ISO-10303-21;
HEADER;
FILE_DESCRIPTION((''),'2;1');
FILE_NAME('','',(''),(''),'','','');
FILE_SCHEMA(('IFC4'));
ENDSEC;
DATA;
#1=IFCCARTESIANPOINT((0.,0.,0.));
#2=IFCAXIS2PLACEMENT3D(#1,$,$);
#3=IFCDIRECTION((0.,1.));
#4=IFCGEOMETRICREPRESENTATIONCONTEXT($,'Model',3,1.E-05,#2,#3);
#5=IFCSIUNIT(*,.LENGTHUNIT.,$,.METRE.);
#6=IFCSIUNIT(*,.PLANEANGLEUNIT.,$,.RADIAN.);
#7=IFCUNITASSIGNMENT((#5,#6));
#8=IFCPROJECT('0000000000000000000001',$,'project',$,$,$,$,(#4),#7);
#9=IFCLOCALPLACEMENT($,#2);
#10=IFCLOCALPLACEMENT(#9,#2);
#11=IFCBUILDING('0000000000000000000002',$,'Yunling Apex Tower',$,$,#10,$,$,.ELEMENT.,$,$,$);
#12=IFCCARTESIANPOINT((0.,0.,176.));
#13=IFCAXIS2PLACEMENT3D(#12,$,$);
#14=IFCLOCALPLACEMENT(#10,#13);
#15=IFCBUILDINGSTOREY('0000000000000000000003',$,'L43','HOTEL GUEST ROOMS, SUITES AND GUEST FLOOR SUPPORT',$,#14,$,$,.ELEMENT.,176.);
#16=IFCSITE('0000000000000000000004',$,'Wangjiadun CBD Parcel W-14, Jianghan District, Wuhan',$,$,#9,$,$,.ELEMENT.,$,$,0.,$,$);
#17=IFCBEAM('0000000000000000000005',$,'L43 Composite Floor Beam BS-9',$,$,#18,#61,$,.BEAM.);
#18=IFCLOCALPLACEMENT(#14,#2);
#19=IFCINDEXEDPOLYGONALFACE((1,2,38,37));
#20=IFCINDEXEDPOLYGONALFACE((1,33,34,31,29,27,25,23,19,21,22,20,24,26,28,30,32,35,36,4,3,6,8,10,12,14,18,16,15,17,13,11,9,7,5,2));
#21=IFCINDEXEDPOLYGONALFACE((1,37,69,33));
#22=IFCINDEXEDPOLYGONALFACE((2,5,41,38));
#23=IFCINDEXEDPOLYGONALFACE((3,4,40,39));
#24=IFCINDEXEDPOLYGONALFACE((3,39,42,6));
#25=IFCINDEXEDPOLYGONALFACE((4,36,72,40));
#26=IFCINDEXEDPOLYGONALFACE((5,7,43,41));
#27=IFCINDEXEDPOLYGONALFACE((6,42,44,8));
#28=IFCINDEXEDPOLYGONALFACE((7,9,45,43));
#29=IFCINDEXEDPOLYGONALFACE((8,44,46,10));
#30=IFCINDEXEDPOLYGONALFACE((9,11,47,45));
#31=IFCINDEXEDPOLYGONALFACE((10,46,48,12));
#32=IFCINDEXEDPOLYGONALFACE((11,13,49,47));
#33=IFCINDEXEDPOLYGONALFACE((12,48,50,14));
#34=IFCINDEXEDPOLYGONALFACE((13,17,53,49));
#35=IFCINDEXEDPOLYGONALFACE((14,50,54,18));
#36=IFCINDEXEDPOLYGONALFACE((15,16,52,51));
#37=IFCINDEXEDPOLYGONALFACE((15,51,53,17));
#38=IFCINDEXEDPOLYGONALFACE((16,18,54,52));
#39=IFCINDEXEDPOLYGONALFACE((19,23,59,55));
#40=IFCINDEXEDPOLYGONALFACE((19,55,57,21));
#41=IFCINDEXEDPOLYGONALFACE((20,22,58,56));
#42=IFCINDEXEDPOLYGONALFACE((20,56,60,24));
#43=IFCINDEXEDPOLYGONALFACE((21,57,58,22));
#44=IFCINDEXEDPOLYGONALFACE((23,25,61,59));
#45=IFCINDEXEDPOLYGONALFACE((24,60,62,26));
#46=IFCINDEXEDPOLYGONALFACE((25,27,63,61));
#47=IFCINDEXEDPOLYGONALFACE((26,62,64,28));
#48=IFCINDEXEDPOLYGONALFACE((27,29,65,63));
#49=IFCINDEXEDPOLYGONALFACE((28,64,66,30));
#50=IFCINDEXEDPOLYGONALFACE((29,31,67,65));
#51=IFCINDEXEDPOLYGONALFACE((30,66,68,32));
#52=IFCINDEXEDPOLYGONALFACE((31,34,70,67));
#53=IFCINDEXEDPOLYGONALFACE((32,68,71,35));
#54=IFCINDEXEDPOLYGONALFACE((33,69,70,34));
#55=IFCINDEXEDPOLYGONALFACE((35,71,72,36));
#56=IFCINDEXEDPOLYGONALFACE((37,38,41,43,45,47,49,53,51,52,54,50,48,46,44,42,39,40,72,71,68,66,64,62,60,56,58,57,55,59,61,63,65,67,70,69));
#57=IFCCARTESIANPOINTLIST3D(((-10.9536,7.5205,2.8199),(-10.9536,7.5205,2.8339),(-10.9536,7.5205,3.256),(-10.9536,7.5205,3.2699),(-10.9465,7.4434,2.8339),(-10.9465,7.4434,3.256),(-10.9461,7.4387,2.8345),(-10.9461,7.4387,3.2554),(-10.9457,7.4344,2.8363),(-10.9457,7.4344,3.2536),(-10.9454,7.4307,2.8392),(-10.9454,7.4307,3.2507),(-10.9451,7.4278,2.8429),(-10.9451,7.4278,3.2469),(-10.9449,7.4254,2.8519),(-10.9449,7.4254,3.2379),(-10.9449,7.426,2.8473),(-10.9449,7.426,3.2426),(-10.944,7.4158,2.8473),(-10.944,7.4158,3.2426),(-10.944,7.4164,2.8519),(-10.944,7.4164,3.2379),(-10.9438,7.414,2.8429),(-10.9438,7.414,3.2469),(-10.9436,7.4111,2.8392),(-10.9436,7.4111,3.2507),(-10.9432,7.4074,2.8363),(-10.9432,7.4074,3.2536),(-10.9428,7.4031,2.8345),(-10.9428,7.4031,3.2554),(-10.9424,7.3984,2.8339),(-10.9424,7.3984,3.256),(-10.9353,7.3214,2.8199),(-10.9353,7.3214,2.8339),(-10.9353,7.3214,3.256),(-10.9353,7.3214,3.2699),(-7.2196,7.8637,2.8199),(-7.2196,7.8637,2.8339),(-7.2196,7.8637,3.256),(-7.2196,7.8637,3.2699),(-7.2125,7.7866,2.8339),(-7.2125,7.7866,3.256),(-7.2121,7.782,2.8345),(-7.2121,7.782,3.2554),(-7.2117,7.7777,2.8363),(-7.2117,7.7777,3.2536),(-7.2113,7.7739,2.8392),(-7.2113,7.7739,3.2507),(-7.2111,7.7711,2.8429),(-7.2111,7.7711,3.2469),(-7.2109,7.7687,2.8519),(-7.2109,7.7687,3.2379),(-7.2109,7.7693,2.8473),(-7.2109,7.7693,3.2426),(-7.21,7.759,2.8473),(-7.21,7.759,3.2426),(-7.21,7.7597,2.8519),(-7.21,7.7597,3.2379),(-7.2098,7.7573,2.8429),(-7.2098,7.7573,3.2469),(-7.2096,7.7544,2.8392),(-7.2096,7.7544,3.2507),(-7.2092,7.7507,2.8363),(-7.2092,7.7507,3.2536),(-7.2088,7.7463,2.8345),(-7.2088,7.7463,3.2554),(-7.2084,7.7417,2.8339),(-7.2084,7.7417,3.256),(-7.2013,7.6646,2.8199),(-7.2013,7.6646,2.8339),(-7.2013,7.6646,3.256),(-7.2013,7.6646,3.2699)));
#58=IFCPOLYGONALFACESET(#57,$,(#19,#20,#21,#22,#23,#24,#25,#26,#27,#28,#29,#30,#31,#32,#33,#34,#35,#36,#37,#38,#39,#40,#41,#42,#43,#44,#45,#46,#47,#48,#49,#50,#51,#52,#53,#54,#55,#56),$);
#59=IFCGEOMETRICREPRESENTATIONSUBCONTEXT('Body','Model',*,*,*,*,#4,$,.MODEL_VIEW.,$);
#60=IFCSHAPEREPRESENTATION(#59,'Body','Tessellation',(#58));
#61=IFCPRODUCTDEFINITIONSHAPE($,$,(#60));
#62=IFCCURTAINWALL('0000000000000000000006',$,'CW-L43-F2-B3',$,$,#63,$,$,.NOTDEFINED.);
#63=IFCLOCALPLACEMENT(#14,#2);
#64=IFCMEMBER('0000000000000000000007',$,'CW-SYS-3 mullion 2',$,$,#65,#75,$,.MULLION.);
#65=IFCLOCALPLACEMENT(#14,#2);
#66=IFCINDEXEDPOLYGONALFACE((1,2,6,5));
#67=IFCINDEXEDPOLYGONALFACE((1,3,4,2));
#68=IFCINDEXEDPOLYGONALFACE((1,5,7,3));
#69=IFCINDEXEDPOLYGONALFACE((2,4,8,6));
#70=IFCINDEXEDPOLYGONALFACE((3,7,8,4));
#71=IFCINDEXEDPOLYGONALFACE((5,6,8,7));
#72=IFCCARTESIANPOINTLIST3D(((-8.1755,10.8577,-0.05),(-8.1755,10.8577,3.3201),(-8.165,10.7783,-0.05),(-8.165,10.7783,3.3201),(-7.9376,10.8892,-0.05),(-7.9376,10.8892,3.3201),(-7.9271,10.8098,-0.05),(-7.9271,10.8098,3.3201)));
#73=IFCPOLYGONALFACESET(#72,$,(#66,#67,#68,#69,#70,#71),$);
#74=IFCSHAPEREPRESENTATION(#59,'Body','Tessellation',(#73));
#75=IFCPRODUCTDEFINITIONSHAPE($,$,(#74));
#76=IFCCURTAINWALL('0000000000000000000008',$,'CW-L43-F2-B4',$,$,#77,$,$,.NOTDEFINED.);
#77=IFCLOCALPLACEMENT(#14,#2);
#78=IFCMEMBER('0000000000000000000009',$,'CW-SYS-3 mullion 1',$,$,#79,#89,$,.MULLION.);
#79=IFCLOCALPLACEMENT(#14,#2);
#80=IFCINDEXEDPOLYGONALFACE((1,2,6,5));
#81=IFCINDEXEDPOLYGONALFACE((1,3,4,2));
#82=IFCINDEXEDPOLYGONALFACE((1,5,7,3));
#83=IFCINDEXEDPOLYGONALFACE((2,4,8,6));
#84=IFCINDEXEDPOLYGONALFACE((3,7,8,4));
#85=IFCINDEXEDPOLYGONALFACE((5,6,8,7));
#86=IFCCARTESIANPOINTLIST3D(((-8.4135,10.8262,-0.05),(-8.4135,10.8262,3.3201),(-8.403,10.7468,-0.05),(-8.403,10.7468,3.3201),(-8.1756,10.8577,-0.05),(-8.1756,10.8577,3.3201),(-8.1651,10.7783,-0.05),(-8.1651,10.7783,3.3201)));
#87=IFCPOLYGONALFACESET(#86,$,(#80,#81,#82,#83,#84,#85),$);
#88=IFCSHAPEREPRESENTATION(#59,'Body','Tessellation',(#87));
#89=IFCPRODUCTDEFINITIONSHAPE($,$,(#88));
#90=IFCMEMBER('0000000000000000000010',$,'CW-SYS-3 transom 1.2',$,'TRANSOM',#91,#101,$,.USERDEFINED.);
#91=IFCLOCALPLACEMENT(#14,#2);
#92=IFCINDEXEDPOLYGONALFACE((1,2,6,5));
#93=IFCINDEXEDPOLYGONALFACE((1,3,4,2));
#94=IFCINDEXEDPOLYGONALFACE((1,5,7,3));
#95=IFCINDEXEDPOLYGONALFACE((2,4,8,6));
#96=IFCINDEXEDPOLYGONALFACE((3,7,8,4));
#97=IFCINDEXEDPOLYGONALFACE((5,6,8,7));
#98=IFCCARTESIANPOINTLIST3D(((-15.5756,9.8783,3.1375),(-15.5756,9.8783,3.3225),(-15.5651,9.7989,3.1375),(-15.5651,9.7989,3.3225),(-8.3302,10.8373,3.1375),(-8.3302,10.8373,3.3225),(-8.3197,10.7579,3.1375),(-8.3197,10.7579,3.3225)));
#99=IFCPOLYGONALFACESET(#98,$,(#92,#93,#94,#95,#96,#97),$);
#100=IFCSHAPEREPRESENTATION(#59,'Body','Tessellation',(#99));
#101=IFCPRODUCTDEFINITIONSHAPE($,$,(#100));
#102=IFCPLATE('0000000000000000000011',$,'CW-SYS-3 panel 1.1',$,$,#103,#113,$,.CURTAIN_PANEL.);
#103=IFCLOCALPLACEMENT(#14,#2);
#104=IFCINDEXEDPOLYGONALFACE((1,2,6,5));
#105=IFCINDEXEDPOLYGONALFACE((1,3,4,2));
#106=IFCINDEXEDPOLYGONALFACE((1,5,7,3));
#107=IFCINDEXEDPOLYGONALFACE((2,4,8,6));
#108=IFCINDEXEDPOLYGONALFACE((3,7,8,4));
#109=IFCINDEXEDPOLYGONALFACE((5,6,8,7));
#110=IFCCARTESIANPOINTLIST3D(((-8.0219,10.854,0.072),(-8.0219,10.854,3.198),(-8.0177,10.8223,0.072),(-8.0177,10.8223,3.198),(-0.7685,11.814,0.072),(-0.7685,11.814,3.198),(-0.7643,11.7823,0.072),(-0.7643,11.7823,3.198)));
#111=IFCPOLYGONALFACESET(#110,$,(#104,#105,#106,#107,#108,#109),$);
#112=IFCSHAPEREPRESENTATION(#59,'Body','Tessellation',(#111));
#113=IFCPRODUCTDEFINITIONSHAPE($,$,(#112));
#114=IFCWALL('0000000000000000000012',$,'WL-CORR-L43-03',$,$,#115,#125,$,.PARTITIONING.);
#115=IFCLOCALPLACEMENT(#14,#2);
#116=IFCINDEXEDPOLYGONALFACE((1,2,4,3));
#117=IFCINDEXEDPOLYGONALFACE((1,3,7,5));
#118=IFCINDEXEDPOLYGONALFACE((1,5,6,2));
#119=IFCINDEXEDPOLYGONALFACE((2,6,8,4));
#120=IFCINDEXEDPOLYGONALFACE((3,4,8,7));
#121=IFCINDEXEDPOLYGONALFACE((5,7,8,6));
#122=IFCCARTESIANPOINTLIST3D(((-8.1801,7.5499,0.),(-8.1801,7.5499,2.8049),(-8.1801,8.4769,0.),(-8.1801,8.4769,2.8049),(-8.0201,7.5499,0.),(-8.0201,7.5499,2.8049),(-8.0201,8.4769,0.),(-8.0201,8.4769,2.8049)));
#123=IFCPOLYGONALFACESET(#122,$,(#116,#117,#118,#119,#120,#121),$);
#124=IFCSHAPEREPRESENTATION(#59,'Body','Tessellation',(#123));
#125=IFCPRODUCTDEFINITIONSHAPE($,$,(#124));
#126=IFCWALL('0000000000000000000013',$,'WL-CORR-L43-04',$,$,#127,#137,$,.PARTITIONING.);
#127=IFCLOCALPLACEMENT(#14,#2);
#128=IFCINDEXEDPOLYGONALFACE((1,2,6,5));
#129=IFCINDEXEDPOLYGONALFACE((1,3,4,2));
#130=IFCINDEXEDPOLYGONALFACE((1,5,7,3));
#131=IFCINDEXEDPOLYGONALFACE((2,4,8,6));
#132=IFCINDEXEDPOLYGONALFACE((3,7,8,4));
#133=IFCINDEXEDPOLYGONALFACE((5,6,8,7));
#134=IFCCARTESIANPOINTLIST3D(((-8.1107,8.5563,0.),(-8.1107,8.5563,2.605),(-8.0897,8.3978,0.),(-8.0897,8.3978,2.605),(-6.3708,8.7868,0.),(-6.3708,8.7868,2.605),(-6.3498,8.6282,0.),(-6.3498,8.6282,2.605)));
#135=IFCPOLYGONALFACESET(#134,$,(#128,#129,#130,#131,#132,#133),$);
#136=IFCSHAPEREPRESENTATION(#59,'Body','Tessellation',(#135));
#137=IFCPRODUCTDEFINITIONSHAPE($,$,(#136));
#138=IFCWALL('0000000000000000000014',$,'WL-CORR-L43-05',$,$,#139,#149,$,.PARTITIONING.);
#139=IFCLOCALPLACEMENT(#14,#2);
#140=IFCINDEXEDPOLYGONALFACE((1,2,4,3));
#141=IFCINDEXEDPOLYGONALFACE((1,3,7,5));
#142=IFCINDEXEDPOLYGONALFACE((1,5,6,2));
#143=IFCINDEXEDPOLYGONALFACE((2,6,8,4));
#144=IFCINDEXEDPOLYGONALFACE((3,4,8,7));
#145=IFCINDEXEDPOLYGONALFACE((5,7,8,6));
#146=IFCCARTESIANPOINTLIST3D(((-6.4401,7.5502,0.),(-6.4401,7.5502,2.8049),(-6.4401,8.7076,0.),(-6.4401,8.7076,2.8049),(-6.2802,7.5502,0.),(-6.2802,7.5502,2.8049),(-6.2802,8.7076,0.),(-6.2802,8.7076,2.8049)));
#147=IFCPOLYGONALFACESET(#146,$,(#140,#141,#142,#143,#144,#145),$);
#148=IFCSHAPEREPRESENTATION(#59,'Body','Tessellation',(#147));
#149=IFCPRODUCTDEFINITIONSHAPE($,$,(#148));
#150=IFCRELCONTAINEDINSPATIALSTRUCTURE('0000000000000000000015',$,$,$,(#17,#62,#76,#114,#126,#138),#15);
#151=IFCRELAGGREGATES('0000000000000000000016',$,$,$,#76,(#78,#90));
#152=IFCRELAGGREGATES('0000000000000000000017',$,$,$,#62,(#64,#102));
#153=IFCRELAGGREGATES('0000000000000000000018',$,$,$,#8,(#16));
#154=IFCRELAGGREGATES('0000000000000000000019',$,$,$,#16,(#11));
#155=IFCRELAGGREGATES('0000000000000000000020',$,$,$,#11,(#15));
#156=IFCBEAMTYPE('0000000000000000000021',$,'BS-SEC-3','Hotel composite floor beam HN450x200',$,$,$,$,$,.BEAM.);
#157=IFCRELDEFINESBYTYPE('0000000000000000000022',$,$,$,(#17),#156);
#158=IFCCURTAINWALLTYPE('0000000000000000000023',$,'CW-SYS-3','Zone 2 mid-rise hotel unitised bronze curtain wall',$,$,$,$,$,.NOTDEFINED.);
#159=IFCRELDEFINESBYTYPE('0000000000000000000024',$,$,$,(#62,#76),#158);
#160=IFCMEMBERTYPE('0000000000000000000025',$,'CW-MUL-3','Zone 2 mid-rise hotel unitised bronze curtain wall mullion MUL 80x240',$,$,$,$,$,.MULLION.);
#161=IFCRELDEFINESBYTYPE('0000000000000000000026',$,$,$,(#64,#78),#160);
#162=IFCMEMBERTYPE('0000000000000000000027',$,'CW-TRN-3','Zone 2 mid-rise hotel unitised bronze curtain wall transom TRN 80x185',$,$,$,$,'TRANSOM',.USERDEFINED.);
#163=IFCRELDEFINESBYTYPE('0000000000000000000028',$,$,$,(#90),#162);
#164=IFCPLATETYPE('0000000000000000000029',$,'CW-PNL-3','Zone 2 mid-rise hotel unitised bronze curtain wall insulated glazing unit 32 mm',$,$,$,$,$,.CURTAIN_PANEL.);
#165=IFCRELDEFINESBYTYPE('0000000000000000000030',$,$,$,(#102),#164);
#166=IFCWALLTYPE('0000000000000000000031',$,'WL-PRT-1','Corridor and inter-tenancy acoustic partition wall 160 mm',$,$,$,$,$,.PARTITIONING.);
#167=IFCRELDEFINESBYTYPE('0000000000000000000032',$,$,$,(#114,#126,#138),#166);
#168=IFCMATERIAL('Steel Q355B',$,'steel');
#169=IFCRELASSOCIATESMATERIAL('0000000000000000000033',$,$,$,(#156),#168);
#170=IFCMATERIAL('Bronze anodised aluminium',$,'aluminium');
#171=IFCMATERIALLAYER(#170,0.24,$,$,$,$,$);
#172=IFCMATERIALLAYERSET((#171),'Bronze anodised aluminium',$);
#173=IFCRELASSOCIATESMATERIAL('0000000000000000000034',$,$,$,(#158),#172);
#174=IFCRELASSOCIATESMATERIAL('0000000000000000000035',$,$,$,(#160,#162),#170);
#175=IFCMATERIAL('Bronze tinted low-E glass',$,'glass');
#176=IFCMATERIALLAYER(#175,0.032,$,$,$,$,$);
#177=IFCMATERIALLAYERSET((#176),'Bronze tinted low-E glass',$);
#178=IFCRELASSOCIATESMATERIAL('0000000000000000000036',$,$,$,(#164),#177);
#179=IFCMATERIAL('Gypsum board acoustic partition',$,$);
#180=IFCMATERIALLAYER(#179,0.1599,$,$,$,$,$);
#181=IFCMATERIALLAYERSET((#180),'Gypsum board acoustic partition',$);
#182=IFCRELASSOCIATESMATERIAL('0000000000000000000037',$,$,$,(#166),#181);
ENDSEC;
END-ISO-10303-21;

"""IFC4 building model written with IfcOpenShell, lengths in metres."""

from ifc_helpers import new_model, si_unit, direction, frame, frame_2d, origin, origin_2d, place, context, subcontext, project, spatial, rectangle, i_section, extrude, source, transform, mapped, material, layer, layer_set, material_profile, profile_set, type_object, element, aggregate, save


model = new_model("IFC4")

# Units and contexts
model_context = context("Model", 3, precision=1e-05, world=origin(), true_north=direction((0.0, 1.0)))
body_context = subcontext(model_context, "Body", "Model", "MODEL_VIEW")
ifc_project = project(units=[si_unit("LENGTHUNIT", "METRE"), si_unit("PLANEANGLEUNIT", "RADIAN")], contexts=[model_context])

# Site, building, storey
site_placement = place(None, origin())
site = spatial("IfcSite", under=ifc_project, at=site_placement, Name="Wangjiadun CBD Parcel W-14, Jianghan District, Wuhan", CompositionType="ELEMENT", RefElevation=0.0)
building_placement = place(site_placement, origin())
building = spatial("IfcBuilding", under=site, at=building_placement, Name="Yunling Apex Tower", CompositionType="ELEMENT")
storey_placement = place(building_placement, frame((0.0, 0.0, 176.0)))
storey = spatial("IfcBuildingStorey", under=building, at=storey_placement, Name="L43", Description="HOTEL GUEST ROOMS, SUITES AND GUEST FLOOR SUPPORT", CompositionType="ELEMENT", Elevation=176.0)

# Beam
ifc_material_1 = material(Name="Steel Q355B", Category="steel")
ifc_material_profile_1 = material_profile(ifc_material_1, i_section(OverallWidth=0.2, OverallDepth=0.45, WebThickness=0.009, FlangeThickness=0.0139, FilletRadius=0.0181, at=origin_2d()))
ifc_profile_set_1 = profile_set([ifc_material_profile_1], Name="Steel Q355B")
beam_type_1 = type_object("IfcBeamType", Name="BS-SEC-3", Description="Hotel composite floor beam HN450x200", PredefinedType="BEAM", material=ifc_profile_set_1)
shared_shape_1 = source(origin(), body_context, "Body", "SweptSolid", [
    extrude(i_section(OverallWidth=0.2, OverallDepth=0.45, WebThickness=0.009, FlangeThickness=0.0139, FilletRadius=0.0181, at=origin_2d()), origin(), (0.0, 0.0, 1.0), 3.7498),
])
beam_1_placement = place(storey_placement, frame((-7.2104, 7.7642, 3.0449), z_axis=(-0.995801, -0.09154, 0.0), x_axis=(0.09154, -0.995801, 0.0)))
element("IfcBeam", 1, at=beam_1_placement, inside=storey, type_object=beam_type_1, Name="L43 Composite Floor Beam BS-9", PredefinedType="BEAM", context=body_context, shape_type="MappedRepresentation", body=[
    mapped(shared_shape_1, transform((0.0, 0.0, 0.0), scale=1.0)),
])

# Curtain wall, member
ifc_material_2 = material(Name="Bronze anodised aluminium", Category="aluminium")
ifc_layer_1 = layer(ifc_material_2, 0.24)
ifc_layer_set_1 = layer_set([ifc_layer_1], Name="Bronze anodised aluminium")
curtain_wall_type = type_object("IfcCurtainWallType", Name="CW-SYS-3", Description="Zone 2 mid-rise hotel unitised bronze curtain wall", PredefinedType="NOTDEFINED", material=ifc_layer_set_1)
curtain_wall_1_placement = place(storey_placement, origin())
curtain_wall_1 = element("IfcCurtainWall", 2, at=curtain_wall_1_placement, inside=storey, type_object=curtain_wall_type, Name="CW-L43-F2-B3", PredefinedType="NOTDEFINED")
ifc_material_profile_2 = material_profile(ifc_material_2, rectangle(XDim=0.0801, YDim=0.24, at=origin_2d()))
ifc_profile_set_2 = profile_set([ifc_material_profile_2], Name="Bronze anodised aluminium")
member_type_1 = type_object("IfcMemberType", Name="CW-MUL-3", Description="Zone 2 mid-rise hotel unitised bronze curtain wall mullion MUL 80x240", PredefinedType="MULLION", material=ifc_profile_set_2)
shared_shape_2 = source(origin(), body_context, "Body", "SweptSolid", [
    extrude(rectangle(XDim=0.0801, YDim=0.24, at=origin_2d()), origin(), (0.0, 0.0, 1.0), 3.3701),
])
member_1_placement = place(storey_placement, frame((-8.0513, 10.8337, -0.05), z_axis=(0.0, 0.0, 1.0), x_axis=(0.131209, -0.991355, 0.0)))
member_1 = element("IfcMember", 3, at=member_1_placement, type_object=member_type_1, Name="CW-SYS-3 mullion 2", PredefinedType="MULLION", context=body_context, shape_type="MappedRepresentation", body=[
    mapped(shared_shape_2, transform((0.0, 0.0, 0.0), scale=1.0)),
])

# Curtain wall, members
curtain_wall_2_placement = place(storey_placement, origin())
curtain_wall_2 = element("IfcCurtainWall", 4, at=curtain_wall_2_placement, inside=storey, type_object=curtain_wall_type, Name="CW-L43-F2-B4", PredefinedType="NOTDEFINED")
member_2_placement = place(storey_placement, frame((-8.2893, 10.8022, -0.05), z_axis=(0.0, 0.0, 1.0), x_axis=(0.131222, -0.991353, 0.0)))
member_2 = element("IfcMember", 5, at=member_2_placement, type_object=member_type_1, Name="CW-SYS-3 mullion 1", PredefinedType="MULLION", context=body_context, shape_type="MappedRepresentation", body=[
    mapped(shared_shape_2, transform((0.0, 0.0, 0.0), scale=1.0)),
])
ifc_material_profile_3 = material_profile(ifc_material_2, rectangle(XDim=0.0801, YDim=0.1851, at=origin_2d()))
ifc_profile_set_3 = profile_set([ifc_material_profile_3], Name="Bronze anodised aluminium")
member_type_2 = type_object("IfcMemberType", Name="CW-TRN-3", Description="Zone 2 mid-rise hotel unitised bronze curtain wall transom TRN 80x185", ElementType="TRANSOM", PredefinedType="USERDEFINED", material=ifc_profile_set_3)
shared_shape_3 = source(origin(), body_context, "Body", "SweptSolid", [
    extrude(rectangle(XDim=0.0801, YDim=0.1851, at=origin_2d()), origin(), (0.0, 0.0, 1.0), 7.3086),
])
member_3_placement = place(storey_placement, frame((-8.325, 10.7976, 3.23), z_axis=(-0.991354, -0.131214, 0.0), x_axis=(0.131214, -0.991354, 0.0)))
member_3 = element("IfcMember", 6, at=member_3_placement, type_object=member_type_2, Name="CW-SYS-3 transom 1.2", ObjectType="TRANSOM", PredefinedType="USERDEFINED", context=body_context, shape_type="MappedRepresentation", body=[
    mapped(shared_shape_3, transform((0.0, 0.0, 0.0), scale=1.0)),
])
aggregate(curtain_wall_2, [member_2, member_3])

# Plate
ifc_material_3 = material(Name="Bronze tinted low-E glass", Category="glass")
ifc_layer_2 = layer(ifc_material_3, 0.032)
ifc_layer_set_2 = layer_set([ifc_layer_2], Name="Bronze tinted low-E glass")
plate_type = type_object("IfcPlateType", Name="CW-PNL-3", Description="Zone 2 mid-rise hotel unitised bronze curtain wall insulated glazing unit 32 mm", PredefinedType="CURTAIN_PANEL", material=ifc_layer_set_2)
shared_shape_4 = source(origin(), body_context, "Body", "SweptSolid", [
    extrude(rectangle(XDim=7.3167, YDim=0.032, at=origin_2d()), origin(), (0.0, 0.0, 1.0), 3.126),
])
plate_placement = place(storey_placement, frame((-4.3931, 11.3181, 0.072), z_axis=(0.0, 0.0, 1.0), x_axis=(-0.991355, -0.131209, 0.0)))
plate = element("IfcPlate", 7, at=plate_placement, type_object=plate_type, Name="CW-SYS-3 panel 1.1", PredefinedType="CURTAIN_PANEL", context=body_context, shape_type="MappedRepresentation", body=[
    mapped(shared_shape_4, transform((0.0, 0.0, 0.0), scale=1.0)),
])
aggregate(curtain_wall_1, [member_1, plate])

# Walls
ifc_material_4 = material(Name="Gypsum board acoustic partition")
ifc_layer_3 = layer(ifc_material_4, 0.1599)
ifc_layer_set_3 = layer_set([ifc_layer_3], Name="Gypsum board acoustic partition")
wall_type_1 = type_object("IfcWallType", Name="WL-PRT-1", Description="Corridor and inter-tenancy acoustic partition wall 160 mm", PredefinedType="PARTITIONING", material=ifc_layer_set_3)
wall_1_placement = place(storey_placement, frame((-8.1001, 7.55, 0.0), z_axis=(0.0, 0.0, 1.0), x_axis=(0.0, 1.0, 0.0)))
element("IfcWall", 8, at=wall_1_placement, inside=storey, type_object=wall_type_1, Name="WL-CORR-L43-03", PredefinedType="PARTITIONING", context=body_context, shape_type="SweptSolid", body=[
    extrude(rectangle(XDim=0.927, YDim=0.1599, at=frame_2d((0.4634, 0.0))), origin(), (0.0, 0.0, 1.0), 2.8049),
])
wall_2_placement = place(storey_placement, frame((-8.1001, 8.4771, 0.0), z_axis=(0.0, 0.0, 1.0), x_axis=(0.991342, 0.131307, 0.0)))
element("IfcWall", 9, at=wall_2_placement, inside=storey, type_object=wall_type_1, Name="WL-CORR-L43-04", PredefinedType="PARTITIONING", context=body_context, shape_type="SweptSolid", body=[
    extrude(rectangle(XDim=1.7551, YDim=0.1599, at=frame_2d((0.8774, 0.0))), origin(), (0.0, 0.0, 1.0), 2.605),
])
wall_3_placement = place(storey_placement, frame((-6.3601, 8.7075, 0.0), z_axis=(0.0, 0.0, 1.0), x_axis=(0.0, -1.0, 0.0)))
element("IfcWall", 10, at=wall_3_placement, inside=storey, type_object=wall_type_1, Name="WL-CORR-L43-05", PredefinedType="PARTITIONING", context=body_context, shape_type="SweptSolid", body=[
    extrude(rectangle(XDim=1.1575, YDim=0.1599, at=frame_2d((0.5786, 0.0))), origin(), (0.0, 0.0, 1.0), 2.8049),
])

save(model, "model.ifc")
